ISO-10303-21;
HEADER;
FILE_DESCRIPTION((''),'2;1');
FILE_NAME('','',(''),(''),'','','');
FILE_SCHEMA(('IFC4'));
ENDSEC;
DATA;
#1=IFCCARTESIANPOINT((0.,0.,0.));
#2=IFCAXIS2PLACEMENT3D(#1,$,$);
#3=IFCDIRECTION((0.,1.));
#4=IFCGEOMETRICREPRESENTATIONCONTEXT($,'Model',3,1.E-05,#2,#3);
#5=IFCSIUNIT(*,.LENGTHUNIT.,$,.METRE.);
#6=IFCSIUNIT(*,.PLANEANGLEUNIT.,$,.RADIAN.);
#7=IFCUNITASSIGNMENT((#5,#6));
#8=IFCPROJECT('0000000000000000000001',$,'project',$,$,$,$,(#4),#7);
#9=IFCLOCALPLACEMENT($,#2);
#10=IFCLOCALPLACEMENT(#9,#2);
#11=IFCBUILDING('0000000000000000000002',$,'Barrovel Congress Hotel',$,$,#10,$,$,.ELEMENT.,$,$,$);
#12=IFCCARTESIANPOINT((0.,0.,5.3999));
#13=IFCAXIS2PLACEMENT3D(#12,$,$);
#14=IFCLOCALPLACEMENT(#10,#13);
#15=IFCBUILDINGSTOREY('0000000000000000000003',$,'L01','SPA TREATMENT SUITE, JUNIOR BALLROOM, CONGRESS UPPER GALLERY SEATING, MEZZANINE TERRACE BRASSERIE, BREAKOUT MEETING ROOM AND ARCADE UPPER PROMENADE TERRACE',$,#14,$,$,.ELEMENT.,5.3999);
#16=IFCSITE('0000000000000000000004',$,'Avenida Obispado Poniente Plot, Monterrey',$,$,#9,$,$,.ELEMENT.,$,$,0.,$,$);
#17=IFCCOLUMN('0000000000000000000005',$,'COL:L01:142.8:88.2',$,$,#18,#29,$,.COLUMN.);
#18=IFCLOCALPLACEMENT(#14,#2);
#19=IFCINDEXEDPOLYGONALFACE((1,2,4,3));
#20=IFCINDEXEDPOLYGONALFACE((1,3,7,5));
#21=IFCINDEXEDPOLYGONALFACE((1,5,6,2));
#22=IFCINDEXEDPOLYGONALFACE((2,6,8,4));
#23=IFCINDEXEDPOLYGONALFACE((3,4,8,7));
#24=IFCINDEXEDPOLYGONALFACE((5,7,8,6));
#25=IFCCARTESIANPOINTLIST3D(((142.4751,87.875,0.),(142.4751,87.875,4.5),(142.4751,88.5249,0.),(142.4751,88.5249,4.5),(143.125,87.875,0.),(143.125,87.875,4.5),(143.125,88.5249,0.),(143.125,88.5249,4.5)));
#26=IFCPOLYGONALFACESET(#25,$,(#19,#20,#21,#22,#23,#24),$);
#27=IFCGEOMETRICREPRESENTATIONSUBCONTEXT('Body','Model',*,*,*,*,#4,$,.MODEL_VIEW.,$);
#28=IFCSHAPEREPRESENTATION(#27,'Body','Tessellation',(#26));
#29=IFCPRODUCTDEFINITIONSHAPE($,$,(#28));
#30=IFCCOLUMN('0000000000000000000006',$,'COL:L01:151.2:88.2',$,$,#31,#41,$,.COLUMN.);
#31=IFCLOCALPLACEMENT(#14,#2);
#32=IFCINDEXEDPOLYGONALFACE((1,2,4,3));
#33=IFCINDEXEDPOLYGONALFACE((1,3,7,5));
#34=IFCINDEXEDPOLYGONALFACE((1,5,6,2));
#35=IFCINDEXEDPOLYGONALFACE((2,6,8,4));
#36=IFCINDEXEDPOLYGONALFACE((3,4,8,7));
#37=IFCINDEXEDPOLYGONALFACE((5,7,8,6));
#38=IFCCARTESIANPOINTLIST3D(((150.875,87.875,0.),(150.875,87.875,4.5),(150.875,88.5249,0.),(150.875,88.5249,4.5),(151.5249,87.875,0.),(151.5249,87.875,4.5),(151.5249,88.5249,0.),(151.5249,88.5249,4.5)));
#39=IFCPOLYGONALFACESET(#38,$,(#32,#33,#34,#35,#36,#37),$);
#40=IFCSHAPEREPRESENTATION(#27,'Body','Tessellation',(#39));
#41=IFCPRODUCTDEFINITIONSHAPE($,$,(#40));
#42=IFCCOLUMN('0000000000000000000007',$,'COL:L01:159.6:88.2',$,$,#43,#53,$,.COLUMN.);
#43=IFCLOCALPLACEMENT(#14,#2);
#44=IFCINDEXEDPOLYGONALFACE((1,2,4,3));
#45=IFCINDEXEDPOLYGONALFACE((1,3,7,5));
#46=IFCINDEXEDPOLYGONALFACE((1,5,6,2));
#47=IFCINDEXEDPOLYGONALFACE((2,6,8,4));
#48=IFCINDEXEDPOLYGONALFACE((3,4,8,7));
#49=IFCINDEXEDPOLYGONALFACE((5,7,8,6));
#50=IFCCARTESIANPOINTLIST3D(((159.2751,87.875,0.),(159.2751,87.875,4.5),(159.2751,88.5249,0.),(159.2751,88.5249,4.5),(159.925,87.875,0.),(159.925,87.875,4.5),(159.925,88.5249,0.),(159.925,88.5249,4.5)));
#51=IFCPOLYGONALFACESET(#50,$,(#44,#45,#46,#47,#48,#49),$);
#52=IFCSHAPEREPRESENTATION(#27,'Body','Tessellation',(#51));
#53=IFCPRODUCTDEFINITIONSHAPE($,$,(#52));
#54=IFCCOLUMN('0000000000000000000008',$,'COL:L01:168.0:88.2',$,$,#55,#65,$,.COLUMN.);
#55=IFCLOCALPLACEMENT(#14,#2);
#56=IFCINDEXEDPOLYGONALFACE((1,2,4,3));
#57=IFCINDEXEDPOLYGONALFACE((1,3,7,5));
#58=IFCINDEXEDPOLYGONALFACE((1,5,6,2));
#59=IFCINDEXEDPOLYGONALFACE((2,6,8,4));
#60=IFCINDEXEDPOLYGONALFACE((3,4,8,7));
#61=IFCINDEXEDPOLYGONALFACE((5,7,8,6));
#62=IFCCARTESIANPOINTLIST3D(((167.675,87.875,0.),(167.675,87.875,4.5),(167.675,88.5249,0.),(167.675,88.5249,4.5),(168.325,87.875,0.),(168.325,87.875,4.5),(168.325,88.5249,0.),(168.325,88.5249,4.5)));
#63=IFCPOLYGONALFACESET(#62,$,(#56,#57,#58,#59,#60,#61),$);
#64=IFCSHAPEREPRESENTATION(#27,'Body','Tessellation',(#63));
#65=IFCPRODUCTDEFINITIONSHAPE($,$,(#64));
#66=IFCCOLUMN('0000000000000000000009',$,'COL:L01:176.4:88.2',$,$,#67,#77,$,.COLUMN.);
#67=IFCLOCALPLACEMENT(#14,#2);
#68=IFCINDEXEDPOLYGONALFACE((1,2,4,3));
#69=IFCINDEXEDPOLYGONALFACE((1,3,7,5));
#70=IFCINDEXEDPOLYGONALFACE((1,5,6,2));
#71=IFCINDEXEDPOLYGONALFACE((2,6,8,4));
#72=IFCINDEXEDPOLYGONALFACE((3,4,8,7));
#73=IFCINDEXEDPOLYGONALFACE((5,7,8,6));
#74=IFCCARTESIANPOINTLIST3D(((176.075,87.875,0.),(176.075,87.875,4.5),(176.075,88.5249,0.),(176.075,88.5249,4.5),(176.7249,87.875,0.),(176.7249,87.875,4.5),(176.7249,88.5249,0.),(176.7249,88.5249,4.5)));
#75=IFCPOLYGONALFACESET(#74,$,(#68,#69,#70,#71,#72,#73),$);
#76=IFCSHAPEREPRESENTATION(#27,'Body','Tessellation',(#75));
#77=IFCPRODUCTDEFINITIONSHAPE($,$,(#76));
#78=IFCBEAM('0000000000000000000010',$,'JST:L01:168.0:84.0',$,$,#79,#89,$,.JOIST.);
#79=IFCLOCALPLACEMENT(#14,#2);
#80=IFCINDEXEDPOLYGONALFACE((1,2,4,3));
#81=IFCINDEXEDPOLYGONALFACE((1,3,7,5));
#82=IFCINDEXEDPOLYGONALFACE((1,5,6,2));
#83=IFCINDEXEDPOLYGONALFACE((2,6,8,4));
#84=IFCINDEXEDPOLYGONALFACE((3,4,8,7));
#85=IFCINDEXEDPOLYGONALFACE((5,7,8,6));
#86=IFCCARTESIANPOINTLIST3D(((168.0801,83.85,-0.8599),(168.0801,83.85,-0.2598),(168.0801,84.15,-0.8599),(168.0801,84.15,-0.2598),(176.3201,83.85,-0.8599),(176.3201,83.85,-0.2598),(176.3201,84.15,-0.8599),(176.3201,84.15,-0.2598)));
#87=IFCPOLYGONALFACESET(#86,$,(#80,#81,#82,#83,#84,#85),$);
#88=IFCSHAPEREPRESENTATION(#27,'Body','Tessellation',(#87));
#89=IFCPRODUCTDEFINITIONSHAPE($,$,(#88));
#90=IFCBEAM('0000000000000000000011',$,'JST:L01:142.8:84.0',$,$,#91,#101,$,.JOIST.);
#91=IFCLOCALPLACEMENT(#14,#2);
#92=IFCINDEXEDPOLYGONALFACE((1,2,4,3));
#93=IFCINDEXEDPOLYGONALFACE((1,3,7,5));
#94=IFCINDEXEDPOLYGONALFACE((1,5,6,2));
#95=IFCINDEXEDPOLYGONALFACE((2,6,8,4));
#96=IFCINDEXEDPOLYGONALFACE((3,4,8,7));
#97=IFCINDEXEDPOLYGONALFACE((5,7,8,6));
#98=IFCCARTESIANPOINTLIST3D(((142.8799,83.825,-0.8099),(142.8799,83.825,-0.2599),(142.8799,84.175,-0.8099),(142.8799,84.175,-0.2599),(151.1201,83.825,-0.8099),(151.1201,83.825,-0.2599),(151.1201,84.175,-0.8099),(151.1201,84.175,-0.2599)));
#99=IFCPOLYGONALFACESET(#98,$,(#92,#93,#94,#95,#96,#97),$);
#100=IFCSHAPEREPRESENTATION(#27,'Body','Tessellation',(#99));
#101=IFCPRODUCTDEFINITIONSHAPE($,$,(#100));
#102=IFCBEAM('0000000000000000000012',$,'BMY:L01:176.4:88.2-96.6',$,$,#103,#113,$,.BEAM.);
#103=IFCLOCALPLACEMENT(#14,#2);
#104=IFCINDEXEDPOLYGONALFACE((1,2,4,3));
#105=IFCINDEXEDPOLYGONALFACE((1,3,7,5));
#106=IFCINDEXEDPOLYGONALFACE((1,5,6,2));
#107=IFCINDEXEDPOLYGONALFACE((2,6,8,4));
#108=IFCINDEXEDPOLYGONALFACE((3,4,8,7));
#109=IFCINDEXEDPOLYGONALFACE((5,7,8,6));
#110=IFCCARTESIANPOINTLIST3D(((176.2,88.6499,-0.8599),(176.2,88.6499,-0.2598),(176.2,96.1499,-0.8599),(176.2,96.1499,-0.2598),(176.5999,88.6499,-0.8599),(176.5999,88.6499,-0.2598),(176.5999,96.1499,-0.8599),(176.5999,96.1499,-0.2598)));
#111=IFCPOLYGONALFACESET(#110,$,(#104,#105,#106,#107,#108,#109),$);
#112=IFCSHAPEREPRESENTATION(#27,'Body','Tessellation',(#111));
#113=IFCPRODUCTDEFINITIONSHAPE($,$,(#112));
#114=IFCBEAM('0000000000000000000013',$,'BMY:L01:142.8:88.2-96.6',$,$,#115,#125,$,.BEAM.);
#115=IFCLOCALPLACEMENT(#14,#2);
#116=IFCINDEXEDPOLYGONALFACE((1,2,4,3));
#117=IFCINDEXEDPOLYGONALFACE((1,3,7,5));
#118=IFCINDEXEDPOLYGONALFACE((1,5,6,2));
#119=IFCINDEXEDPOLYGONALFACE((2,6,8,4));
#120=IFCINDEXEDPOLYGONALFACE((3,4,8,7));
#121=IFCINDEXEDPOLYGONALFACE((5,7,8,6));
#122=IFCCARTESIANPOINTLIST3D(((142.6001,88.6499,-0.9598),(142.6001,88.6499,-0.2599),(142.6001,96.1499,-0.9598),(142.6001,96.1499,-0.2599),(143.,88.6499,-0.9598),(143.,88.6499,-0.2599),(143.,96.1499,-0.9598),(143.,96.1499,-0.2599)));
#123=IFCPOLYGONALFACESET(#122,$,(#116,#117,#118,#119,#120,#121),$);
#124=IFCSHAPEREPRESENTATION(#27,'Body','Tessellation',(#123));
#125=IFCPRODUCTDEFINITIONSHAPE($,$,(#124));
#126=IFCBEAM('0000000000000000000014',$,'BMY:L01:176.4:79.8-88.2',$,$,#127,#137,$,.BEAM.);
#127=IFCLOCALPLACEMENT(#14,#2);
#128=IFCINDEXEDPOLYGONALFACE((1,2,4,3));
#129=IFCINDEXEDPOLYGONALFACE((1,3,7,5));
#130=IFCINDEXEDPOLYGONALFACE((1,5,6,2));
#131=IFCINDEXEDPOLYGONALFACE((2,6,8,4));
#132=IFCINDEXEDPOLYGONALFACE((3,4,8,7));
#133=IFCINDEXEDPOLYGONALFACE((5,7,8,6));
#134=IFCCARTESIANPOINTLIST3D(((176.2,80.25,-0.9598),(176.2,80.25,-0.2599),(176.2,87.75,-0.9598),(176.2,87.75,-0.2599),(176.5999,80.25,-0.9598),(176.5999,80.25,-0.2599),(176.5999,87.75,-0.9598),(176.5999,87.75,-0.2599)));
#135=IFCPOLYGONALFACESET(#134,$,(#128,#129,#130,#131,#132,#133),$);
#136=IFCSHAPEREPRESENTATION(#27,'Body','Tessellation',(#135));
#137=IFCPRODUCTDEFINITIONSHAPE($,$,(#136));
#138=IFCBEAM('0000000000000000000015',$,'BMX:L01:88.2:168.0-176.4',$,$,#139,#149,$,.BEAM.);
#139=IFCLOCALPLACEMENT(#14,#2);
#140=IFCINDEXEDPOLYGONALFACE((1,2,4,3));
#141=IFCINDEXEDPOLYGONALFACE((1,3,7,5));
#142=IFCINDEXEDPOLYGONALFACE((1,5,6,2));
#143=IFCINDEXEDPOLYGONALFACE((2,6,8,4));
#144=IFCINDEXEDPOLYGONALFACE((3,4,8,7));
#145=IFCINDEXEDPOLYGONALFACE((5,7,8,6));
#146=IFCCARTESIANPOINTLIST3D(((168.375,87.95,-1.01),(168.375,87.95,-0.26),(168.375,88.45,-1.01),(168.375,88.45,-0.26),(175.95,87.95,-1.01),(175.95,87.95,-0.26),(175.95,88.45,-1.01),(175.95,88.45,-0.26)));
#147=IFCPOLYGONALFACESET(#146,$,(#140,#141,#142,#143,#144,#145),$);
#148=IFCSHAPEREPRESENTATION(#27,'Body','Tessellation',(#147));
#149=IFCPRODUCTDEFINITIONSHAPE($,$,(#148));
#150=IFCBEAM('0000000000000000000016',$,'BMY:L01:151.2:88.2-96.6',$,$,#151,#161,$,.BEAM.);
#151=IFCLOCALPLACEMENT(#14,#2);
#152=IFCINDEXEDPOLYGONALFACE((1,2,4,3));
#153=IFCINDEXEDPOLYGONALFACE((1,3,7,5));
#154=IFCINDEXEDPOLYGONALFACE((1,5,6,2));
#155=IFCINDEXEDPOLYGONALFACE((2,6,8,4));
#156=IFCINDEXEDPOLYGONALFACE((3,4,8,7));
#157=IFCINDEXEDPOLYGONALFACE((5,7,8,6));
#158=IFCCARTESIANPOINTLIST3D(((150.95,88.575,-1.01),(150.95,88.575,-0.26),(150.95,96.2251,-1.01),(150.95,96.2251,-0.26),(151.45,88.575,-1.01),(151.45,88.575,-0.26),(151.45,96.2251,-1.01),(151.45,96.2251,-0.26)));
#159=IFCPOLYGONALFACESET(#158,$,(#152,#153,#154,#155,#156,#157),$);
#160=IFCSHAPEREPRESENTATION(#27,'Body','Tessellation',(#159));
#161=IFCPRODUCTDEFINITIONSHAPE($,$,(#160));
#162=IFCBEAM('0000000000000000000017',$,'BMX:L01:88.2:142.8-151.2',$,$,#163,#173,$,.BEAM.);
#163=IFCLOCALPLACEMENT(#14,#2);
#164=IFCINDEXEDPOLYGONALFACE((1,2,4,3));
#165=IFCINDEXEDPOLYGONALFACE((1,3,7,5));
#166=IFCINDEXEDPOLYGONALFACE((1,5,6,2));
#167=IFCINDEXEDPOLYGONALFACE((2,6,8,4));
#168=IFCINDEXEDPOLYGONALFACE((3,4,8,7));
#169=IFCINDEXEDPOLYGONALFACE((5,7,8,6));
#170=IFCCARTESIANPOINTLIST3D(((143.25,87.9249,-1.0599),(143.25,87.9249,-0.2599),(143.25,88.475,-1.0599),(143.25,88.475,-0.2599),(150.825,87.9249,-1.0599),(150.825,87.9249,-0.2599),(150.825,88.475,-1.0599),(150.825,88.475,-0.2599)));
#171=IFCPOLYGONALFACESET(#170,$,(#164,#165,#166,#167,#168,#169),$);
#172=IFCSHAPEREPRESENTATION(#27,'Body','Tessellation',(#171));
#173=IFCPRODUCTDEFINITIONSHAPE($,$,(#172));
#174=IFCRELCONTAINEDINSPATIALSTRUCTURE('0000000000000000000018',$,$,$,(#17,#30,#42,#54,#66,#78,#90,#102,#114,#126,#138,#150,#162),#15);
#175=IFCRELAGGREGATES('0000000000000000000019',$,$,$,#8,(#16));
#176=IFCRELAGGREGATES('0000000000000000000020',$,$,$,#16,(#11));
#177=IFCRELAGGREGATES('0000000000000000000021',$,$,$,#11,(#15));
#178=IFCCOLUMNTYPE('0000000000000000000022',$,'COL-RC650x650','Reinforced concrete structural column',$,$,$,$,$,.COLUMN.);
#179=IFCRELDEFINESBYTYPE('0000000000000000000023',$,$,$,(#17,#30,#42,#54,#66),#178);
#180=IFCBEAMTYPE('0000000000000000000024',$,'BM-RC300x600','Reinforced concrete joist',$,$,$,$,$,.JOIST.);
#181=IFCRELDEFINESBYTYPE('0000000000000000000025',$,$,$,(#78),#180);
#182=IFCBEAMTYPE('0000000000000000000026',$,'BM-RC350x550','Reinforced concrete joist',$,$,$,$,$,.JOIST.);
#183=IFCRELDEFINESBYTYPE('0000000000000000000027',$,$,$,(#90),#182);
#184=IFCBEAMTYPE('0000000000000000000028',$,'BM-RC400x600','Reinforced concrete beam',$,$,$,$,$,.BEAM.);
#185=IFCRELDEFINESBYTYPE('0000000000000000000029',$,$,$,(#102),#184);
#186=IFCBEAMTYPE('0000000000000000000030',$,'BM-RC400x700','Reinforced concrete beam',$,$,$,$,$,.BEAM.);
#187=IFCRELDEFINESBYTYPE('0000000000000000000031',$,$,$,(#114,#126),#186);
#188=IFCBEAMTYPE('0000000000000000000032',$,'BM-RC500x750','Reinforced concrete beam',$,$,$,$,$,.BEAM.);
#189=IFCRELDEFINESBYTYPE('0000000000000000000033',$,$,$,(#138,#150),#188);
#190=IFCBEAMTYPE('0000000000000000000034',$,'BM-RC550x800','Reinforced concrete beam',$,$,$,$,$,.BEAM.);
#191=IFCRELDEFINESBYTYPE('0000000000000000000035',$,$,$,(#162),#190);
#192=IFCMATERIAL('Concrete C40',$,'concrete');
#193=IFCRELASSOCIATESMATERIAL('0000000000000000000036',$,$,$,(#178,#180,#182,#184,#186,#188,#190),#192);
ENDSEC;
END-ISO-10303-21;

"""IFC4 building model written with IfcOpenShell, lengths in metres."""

from ifc_helpers import new_model, si_unit, direction, frame, origin, origin_2d, place, context, subcontext, project, spatial, rectangle, extrude, material, material_profile, profile_set, type_object, element, save


model = new_model("IFC4")

# Units and contexts
model_context = context("Model", 3, precision=1e-05, world=origin(), true_north=direction((0.0, 1.0)))
body_context = subcontext(model_context, "Body", "Model", "MODEL_VIEW")
ifc_project = project(units=[si_unit("LENGTHUNIT", "METRE"), si_unit("PLANEANGLEUNIT", "RADIAN")], contexts=[model_context])

# Site, building, storey
site_placement = place(None, origin())
site = spatial("IfcSite", under=ifc_project, at=site_placement, Name="Avenida Obispado Poniente Plot, Monterrey", CompositionType="ELEMENT", RefElevation=0.0)
building_placement = place(site_placement, origin())
building = spatial("IfcBuilding", under=site, at=building_placement, Name="Barrovel Congress Hotel", CompositionType="ELEMENT")
storey_placement = place(building_placement, frame((0.0, 0.0, 5.3999)))
storey = spatial("IfcBuildingStorey", under=building, at=storey_placement, Name="L01", Description="SPA TREATMENT SUITE, JUNIOR BALLROOM, CONGRESS UPPER GALLERY SEATING, MEZZANINE TERRACE BRASSERIE, BREAKOUT MEETING ROOM AND ARCADE UPPER PROMENADE TERRACE", CompositionType="ELEMENT", Elevation=5.3999)

# Columns
ifc_material_1 = material(Name="Concrete C40", Category="concrete")
ifc_material_profile_1 = material_profile(ifc_material_1, rectangle(XDim=0.6499, YDim=0.6499, at=origin_2d()), Name="RC650x650")
ifc_profile_set_1 = profile_set([ifc_material_profile_1], Name="Concrete C40")
column_type = type_object("IfcColumnType", Name="COL-RC650x650", Description="Reinforced concrete structural column", PredefinedType="COLUMN", material=ifc_profile_set_1)
for number, where, z_axis, x_axis, name in (
    (1, (142.8, 88.2, 0.0), (0.0, 0.0, 1.0), (1.0, 0.0, 0.0), "COL:L01:142.8:88.2"),
    (2, (151.2, 88.2, 0.0), (0.0, 0.0, 1.0), (1.0, 0.0, 0.0), "COL:L01:151.2:88.2"),
    (3, (159.6001, 88.2, 0.0), (0.0, 0.0, 1.0), (1.0, 0.0, 0.0), "COL:L01:159.6:88.2"),
    (4, (168.0, 88.2, 0.0), (0.0, 0.0, 1.0), (1.0, 0.0, 0.0), "COL:L01:168.0:88.2"),
    (5, (176.3999, 88.2, 0.0), (0.0, 0.0, 1.0), (1.0, 0.0, 0.0), "COL:L01:176.4:88.2"),
):
    element("IfcColumn", number, at=place(storey_placement, frame(where, z_axis=z_axis, x_axis=x_axis)), inside=storey, type_object=column_type, Name=name, PredefinedType="COLUMN", context=body_context, shape_type="SweptSolid", body=[
        extrude(rectangle(XDim=0.6499, YDim=0.6499, at=origin_2d()), origin(), (0.0, 0.0, 1.0), 4.5),
    ])

# Beams
ifc_material_profile_2 = material_profile(ifc_material_1, rectangle(XDim=0.3, YDim=0.6001, at=origin_2d()), Name="RC300x600")
ifc_profile_set_2 = profile_set([ifc_material_profile_2], Name="Concrete C40")
beam_type_1 = type_object("IfcBeamType", Name="BM-RC300x600", Description="Reinforced concrete joist", PredefinedType="JOIST", material=ifc_profile_set_2)
beam_1_placement = place(storey_placement, frame((168.0801, 84.0, -0.5598), z_axis=(1.0, 0.0, 0.0), x_axis=(0.0, 1.0, 0.0)))
element("IfcBeam", 6, at=beam_1_placement, inside=storey, type_object=beam_type_1, Name="JST:L01:168.0:84.0", PredefinedType="JOIST", context=body_context, shape_type="SweptSolid", body=[
    extrude(rectangle(XDim=0.3, YDim=0.6001, at=origin_2d()), origin(), (0.0, 0.0, 1.0), 8.24),
])
ifc_material_profile_3 = material_profile(ifc_material_1, rectangle(XDim=0.3501, YDim=0.55, at=origin_2d()), Name="RC350x550")
ifc_profile_set_3 = profile_set([ifc_material_profile_3], Name="Concrete C40")
beam_type_2 = type_object("IfcBeamType", Name="BM-RC350x550", Description="Reinforced concrete joist", PredefinedType="JOIST", material=ifc_profile_set_3)
beam_2_placement = place(storey_placement, frame((142.8799, 84.0, -0.5349), z_axis=(1.0, 0.0, 0.0), x_axis=(0.0, 1.0, 0.0)))
element("IfcBeam", 7, at=beam_2_placement, inside=storey, type_object=beam_type_2, Name="JST:L01:142.8:84.0", PredefinedType="JOIST", context=body_context, shape_type="SweptSolid", body=[
    extrude(rectangle(XDim=0.3501, YDim=0.55, at=origin_2d()), origin(), (0.0, 0.0, 1.0), 8.2402),
])
ifc_material_profile_4 = material_profile(ifc_material_1, rectangle(XDim=0.3999, YDim=0.6001, at=origin_2d()), Name="RC400x600")
ifc_profile_set_4 = profile_set([ifc_material_profile_4], Name="Concrete C40")
beam_type_3 = type_object("IfcBeamType", Name="BM-RC400x600", Description="Reinforced concrete beam", PredefinedType="BEAM", material=ifc_profile_set_4)
beam_3_placement = place(storey_placement, frame((176.3999, 88.6499, -0.5598), z_axis=(0.0, 1.0, 0.0), x_axis=(-1.0, 0.0, 0.0)))
element("IfcBeam", 8, at=beam_3_placement, inside=storey, type_object=beam_type_3, Name="BMY:L01:176.4:88.2-96.6", PredefinedType="BEAM", context=body_context, shape_type="SweptSolid", body=[
    extrude(rectangle(XDim=0.3999, YDim=0.6001, at=origin_2d()), origin(), (0.0, 0.0, 1.0), 7.5),
])
ifc_material_profile_5 = material_profile(ifc_material_1, rectangle(XDim=0.3999, YDim=0.7, at=origin_2d()), Name="RC400x700")
ifc_profile_set_5 = profile_set([ifc_material_profile_5], Name="Concrete C40")
beam_type_4 = type_object("IfcBeamType", Name="BM-RC400x700", Description="Reinforced concrete beam", PredefinedType="BEAM", material=ifc_profile_set_5)
for number, where, z_axis, x_axis, name in (
    (9, (142.8, 88.6499, -0.6099), (0.0, 1.0, 0.0), (-1.0, 0.0, 0.0), "BMY:L01:142.8:88.2-96.6"),
    (10, (176.3999, 80.25, -0.6099), (0.0, 1.0, 0.0), (-1.0, 0.0, 0.0), "BMY:L01:176.4:79.8-88.2"),
):
    element("IfcBeam", number, at=place(storey_placement, frame(where, z_axis=z_axis, x_axis=x_axis)), inside=storey, type_object=beam_type_4, Name=name, PredefinedType="BEAM", context=body_context, shape_type="SweptSolid", body=[
        extrude(rectangle(XDim=0.3999, YDim=0.7, at=origin_2d()), origin(), (0.0, 0.0, 1.0), 7.5),
    ])
ifc_material_profile_6 = material_profile(ifc_material_1, rectangle(XDim=0.5, YDim=0.75, at=origin_2d()), Name="RC500x750")
ifc_profile_set_6 = profile_set([ifc_material_profile_6], Name="Concrete C40")
beam_type_5 = type_object("IfcBeamType", Name="BM-RC500x750", Description="Reinforced concrete beam", PredefinedType="BEAM", material=ifc_profile_set_6)
beam_4_placement = place(storey_placement, frame((168.375, 88.2, -0.635), z_axis=(1.0, 0.0, 0.0), x_axis=(0.0, 1.0, 0.0)))
element("IfcBeam", 11, at=beam_4_placement, inside=storey, type_object=beam_type_5, Name="BMX:L01:88.2:168.0-176.4", PredefinedType="BEAM", context=body_context, shape_type="SweptSolid", body=[
    extrude(rectangle(XDim=0.5, YDim=0.75, at=origin_2d()), origin(), (0.0, 0.0, 1.0), 7.575),
])
beam_5_placement = place(storey_placement, frame((151.2, 88.575, -0.635), z_axis=(0.0, 1.0, 0.0), x_axis=(-1.0, 0.0, 0.0)))
element("IfcBeam", 12, at=beam_5_placement, inside=storey, type_object=beam_type_5, Name="BMY:L01:151.2:88.2-96.6", PredefinedType="BEAM", context=body_context, shape_type="SweptSolid", body=[
    extrude(rectangle(XDim=0.5, YDim=0.75, at=origin_2d()), origin(), (0.0, 0.0, 1.0), 7.6501),
])
ifc_material_profile_7 = material_profile(ifc_material_1, rectangle(XDim=0.55, YDim=0.8, at=origin_2d()), Name="RC550x800")
ifc_profile_set_7 = profile_set([ifc_material_profile_7], Name="Concrete C40")
beam_type_6 = type_object("IfcBeamType", Name="BM-RC550x800", Description="Reinforced concrete beam", PredefinedType="BEAM", material=ifc_profile_set_7)
beam_6_placement = place(storey_placement, frame((143.25, 88.2, -0.6599), z_axis=(1.0, 0.0, 0.0), x_axis=(0.0, 1.0, 0.0)))
element("IfcBeam", 13, at=beam_6_placement, inside=storey, type_object=beam_type_6, Name="BMX:L01:88.2:142.8-151.2", PredefinedType="BEAM", context=body_context, shape_type="SweptSolid", body=[
    extrude(rectangle(XDim=0.55, YDim=0.8, at=origin_2d()), origin(), (0.0, 0.0, 1.0), 7.575),
])

save(model, "model.ifc")
